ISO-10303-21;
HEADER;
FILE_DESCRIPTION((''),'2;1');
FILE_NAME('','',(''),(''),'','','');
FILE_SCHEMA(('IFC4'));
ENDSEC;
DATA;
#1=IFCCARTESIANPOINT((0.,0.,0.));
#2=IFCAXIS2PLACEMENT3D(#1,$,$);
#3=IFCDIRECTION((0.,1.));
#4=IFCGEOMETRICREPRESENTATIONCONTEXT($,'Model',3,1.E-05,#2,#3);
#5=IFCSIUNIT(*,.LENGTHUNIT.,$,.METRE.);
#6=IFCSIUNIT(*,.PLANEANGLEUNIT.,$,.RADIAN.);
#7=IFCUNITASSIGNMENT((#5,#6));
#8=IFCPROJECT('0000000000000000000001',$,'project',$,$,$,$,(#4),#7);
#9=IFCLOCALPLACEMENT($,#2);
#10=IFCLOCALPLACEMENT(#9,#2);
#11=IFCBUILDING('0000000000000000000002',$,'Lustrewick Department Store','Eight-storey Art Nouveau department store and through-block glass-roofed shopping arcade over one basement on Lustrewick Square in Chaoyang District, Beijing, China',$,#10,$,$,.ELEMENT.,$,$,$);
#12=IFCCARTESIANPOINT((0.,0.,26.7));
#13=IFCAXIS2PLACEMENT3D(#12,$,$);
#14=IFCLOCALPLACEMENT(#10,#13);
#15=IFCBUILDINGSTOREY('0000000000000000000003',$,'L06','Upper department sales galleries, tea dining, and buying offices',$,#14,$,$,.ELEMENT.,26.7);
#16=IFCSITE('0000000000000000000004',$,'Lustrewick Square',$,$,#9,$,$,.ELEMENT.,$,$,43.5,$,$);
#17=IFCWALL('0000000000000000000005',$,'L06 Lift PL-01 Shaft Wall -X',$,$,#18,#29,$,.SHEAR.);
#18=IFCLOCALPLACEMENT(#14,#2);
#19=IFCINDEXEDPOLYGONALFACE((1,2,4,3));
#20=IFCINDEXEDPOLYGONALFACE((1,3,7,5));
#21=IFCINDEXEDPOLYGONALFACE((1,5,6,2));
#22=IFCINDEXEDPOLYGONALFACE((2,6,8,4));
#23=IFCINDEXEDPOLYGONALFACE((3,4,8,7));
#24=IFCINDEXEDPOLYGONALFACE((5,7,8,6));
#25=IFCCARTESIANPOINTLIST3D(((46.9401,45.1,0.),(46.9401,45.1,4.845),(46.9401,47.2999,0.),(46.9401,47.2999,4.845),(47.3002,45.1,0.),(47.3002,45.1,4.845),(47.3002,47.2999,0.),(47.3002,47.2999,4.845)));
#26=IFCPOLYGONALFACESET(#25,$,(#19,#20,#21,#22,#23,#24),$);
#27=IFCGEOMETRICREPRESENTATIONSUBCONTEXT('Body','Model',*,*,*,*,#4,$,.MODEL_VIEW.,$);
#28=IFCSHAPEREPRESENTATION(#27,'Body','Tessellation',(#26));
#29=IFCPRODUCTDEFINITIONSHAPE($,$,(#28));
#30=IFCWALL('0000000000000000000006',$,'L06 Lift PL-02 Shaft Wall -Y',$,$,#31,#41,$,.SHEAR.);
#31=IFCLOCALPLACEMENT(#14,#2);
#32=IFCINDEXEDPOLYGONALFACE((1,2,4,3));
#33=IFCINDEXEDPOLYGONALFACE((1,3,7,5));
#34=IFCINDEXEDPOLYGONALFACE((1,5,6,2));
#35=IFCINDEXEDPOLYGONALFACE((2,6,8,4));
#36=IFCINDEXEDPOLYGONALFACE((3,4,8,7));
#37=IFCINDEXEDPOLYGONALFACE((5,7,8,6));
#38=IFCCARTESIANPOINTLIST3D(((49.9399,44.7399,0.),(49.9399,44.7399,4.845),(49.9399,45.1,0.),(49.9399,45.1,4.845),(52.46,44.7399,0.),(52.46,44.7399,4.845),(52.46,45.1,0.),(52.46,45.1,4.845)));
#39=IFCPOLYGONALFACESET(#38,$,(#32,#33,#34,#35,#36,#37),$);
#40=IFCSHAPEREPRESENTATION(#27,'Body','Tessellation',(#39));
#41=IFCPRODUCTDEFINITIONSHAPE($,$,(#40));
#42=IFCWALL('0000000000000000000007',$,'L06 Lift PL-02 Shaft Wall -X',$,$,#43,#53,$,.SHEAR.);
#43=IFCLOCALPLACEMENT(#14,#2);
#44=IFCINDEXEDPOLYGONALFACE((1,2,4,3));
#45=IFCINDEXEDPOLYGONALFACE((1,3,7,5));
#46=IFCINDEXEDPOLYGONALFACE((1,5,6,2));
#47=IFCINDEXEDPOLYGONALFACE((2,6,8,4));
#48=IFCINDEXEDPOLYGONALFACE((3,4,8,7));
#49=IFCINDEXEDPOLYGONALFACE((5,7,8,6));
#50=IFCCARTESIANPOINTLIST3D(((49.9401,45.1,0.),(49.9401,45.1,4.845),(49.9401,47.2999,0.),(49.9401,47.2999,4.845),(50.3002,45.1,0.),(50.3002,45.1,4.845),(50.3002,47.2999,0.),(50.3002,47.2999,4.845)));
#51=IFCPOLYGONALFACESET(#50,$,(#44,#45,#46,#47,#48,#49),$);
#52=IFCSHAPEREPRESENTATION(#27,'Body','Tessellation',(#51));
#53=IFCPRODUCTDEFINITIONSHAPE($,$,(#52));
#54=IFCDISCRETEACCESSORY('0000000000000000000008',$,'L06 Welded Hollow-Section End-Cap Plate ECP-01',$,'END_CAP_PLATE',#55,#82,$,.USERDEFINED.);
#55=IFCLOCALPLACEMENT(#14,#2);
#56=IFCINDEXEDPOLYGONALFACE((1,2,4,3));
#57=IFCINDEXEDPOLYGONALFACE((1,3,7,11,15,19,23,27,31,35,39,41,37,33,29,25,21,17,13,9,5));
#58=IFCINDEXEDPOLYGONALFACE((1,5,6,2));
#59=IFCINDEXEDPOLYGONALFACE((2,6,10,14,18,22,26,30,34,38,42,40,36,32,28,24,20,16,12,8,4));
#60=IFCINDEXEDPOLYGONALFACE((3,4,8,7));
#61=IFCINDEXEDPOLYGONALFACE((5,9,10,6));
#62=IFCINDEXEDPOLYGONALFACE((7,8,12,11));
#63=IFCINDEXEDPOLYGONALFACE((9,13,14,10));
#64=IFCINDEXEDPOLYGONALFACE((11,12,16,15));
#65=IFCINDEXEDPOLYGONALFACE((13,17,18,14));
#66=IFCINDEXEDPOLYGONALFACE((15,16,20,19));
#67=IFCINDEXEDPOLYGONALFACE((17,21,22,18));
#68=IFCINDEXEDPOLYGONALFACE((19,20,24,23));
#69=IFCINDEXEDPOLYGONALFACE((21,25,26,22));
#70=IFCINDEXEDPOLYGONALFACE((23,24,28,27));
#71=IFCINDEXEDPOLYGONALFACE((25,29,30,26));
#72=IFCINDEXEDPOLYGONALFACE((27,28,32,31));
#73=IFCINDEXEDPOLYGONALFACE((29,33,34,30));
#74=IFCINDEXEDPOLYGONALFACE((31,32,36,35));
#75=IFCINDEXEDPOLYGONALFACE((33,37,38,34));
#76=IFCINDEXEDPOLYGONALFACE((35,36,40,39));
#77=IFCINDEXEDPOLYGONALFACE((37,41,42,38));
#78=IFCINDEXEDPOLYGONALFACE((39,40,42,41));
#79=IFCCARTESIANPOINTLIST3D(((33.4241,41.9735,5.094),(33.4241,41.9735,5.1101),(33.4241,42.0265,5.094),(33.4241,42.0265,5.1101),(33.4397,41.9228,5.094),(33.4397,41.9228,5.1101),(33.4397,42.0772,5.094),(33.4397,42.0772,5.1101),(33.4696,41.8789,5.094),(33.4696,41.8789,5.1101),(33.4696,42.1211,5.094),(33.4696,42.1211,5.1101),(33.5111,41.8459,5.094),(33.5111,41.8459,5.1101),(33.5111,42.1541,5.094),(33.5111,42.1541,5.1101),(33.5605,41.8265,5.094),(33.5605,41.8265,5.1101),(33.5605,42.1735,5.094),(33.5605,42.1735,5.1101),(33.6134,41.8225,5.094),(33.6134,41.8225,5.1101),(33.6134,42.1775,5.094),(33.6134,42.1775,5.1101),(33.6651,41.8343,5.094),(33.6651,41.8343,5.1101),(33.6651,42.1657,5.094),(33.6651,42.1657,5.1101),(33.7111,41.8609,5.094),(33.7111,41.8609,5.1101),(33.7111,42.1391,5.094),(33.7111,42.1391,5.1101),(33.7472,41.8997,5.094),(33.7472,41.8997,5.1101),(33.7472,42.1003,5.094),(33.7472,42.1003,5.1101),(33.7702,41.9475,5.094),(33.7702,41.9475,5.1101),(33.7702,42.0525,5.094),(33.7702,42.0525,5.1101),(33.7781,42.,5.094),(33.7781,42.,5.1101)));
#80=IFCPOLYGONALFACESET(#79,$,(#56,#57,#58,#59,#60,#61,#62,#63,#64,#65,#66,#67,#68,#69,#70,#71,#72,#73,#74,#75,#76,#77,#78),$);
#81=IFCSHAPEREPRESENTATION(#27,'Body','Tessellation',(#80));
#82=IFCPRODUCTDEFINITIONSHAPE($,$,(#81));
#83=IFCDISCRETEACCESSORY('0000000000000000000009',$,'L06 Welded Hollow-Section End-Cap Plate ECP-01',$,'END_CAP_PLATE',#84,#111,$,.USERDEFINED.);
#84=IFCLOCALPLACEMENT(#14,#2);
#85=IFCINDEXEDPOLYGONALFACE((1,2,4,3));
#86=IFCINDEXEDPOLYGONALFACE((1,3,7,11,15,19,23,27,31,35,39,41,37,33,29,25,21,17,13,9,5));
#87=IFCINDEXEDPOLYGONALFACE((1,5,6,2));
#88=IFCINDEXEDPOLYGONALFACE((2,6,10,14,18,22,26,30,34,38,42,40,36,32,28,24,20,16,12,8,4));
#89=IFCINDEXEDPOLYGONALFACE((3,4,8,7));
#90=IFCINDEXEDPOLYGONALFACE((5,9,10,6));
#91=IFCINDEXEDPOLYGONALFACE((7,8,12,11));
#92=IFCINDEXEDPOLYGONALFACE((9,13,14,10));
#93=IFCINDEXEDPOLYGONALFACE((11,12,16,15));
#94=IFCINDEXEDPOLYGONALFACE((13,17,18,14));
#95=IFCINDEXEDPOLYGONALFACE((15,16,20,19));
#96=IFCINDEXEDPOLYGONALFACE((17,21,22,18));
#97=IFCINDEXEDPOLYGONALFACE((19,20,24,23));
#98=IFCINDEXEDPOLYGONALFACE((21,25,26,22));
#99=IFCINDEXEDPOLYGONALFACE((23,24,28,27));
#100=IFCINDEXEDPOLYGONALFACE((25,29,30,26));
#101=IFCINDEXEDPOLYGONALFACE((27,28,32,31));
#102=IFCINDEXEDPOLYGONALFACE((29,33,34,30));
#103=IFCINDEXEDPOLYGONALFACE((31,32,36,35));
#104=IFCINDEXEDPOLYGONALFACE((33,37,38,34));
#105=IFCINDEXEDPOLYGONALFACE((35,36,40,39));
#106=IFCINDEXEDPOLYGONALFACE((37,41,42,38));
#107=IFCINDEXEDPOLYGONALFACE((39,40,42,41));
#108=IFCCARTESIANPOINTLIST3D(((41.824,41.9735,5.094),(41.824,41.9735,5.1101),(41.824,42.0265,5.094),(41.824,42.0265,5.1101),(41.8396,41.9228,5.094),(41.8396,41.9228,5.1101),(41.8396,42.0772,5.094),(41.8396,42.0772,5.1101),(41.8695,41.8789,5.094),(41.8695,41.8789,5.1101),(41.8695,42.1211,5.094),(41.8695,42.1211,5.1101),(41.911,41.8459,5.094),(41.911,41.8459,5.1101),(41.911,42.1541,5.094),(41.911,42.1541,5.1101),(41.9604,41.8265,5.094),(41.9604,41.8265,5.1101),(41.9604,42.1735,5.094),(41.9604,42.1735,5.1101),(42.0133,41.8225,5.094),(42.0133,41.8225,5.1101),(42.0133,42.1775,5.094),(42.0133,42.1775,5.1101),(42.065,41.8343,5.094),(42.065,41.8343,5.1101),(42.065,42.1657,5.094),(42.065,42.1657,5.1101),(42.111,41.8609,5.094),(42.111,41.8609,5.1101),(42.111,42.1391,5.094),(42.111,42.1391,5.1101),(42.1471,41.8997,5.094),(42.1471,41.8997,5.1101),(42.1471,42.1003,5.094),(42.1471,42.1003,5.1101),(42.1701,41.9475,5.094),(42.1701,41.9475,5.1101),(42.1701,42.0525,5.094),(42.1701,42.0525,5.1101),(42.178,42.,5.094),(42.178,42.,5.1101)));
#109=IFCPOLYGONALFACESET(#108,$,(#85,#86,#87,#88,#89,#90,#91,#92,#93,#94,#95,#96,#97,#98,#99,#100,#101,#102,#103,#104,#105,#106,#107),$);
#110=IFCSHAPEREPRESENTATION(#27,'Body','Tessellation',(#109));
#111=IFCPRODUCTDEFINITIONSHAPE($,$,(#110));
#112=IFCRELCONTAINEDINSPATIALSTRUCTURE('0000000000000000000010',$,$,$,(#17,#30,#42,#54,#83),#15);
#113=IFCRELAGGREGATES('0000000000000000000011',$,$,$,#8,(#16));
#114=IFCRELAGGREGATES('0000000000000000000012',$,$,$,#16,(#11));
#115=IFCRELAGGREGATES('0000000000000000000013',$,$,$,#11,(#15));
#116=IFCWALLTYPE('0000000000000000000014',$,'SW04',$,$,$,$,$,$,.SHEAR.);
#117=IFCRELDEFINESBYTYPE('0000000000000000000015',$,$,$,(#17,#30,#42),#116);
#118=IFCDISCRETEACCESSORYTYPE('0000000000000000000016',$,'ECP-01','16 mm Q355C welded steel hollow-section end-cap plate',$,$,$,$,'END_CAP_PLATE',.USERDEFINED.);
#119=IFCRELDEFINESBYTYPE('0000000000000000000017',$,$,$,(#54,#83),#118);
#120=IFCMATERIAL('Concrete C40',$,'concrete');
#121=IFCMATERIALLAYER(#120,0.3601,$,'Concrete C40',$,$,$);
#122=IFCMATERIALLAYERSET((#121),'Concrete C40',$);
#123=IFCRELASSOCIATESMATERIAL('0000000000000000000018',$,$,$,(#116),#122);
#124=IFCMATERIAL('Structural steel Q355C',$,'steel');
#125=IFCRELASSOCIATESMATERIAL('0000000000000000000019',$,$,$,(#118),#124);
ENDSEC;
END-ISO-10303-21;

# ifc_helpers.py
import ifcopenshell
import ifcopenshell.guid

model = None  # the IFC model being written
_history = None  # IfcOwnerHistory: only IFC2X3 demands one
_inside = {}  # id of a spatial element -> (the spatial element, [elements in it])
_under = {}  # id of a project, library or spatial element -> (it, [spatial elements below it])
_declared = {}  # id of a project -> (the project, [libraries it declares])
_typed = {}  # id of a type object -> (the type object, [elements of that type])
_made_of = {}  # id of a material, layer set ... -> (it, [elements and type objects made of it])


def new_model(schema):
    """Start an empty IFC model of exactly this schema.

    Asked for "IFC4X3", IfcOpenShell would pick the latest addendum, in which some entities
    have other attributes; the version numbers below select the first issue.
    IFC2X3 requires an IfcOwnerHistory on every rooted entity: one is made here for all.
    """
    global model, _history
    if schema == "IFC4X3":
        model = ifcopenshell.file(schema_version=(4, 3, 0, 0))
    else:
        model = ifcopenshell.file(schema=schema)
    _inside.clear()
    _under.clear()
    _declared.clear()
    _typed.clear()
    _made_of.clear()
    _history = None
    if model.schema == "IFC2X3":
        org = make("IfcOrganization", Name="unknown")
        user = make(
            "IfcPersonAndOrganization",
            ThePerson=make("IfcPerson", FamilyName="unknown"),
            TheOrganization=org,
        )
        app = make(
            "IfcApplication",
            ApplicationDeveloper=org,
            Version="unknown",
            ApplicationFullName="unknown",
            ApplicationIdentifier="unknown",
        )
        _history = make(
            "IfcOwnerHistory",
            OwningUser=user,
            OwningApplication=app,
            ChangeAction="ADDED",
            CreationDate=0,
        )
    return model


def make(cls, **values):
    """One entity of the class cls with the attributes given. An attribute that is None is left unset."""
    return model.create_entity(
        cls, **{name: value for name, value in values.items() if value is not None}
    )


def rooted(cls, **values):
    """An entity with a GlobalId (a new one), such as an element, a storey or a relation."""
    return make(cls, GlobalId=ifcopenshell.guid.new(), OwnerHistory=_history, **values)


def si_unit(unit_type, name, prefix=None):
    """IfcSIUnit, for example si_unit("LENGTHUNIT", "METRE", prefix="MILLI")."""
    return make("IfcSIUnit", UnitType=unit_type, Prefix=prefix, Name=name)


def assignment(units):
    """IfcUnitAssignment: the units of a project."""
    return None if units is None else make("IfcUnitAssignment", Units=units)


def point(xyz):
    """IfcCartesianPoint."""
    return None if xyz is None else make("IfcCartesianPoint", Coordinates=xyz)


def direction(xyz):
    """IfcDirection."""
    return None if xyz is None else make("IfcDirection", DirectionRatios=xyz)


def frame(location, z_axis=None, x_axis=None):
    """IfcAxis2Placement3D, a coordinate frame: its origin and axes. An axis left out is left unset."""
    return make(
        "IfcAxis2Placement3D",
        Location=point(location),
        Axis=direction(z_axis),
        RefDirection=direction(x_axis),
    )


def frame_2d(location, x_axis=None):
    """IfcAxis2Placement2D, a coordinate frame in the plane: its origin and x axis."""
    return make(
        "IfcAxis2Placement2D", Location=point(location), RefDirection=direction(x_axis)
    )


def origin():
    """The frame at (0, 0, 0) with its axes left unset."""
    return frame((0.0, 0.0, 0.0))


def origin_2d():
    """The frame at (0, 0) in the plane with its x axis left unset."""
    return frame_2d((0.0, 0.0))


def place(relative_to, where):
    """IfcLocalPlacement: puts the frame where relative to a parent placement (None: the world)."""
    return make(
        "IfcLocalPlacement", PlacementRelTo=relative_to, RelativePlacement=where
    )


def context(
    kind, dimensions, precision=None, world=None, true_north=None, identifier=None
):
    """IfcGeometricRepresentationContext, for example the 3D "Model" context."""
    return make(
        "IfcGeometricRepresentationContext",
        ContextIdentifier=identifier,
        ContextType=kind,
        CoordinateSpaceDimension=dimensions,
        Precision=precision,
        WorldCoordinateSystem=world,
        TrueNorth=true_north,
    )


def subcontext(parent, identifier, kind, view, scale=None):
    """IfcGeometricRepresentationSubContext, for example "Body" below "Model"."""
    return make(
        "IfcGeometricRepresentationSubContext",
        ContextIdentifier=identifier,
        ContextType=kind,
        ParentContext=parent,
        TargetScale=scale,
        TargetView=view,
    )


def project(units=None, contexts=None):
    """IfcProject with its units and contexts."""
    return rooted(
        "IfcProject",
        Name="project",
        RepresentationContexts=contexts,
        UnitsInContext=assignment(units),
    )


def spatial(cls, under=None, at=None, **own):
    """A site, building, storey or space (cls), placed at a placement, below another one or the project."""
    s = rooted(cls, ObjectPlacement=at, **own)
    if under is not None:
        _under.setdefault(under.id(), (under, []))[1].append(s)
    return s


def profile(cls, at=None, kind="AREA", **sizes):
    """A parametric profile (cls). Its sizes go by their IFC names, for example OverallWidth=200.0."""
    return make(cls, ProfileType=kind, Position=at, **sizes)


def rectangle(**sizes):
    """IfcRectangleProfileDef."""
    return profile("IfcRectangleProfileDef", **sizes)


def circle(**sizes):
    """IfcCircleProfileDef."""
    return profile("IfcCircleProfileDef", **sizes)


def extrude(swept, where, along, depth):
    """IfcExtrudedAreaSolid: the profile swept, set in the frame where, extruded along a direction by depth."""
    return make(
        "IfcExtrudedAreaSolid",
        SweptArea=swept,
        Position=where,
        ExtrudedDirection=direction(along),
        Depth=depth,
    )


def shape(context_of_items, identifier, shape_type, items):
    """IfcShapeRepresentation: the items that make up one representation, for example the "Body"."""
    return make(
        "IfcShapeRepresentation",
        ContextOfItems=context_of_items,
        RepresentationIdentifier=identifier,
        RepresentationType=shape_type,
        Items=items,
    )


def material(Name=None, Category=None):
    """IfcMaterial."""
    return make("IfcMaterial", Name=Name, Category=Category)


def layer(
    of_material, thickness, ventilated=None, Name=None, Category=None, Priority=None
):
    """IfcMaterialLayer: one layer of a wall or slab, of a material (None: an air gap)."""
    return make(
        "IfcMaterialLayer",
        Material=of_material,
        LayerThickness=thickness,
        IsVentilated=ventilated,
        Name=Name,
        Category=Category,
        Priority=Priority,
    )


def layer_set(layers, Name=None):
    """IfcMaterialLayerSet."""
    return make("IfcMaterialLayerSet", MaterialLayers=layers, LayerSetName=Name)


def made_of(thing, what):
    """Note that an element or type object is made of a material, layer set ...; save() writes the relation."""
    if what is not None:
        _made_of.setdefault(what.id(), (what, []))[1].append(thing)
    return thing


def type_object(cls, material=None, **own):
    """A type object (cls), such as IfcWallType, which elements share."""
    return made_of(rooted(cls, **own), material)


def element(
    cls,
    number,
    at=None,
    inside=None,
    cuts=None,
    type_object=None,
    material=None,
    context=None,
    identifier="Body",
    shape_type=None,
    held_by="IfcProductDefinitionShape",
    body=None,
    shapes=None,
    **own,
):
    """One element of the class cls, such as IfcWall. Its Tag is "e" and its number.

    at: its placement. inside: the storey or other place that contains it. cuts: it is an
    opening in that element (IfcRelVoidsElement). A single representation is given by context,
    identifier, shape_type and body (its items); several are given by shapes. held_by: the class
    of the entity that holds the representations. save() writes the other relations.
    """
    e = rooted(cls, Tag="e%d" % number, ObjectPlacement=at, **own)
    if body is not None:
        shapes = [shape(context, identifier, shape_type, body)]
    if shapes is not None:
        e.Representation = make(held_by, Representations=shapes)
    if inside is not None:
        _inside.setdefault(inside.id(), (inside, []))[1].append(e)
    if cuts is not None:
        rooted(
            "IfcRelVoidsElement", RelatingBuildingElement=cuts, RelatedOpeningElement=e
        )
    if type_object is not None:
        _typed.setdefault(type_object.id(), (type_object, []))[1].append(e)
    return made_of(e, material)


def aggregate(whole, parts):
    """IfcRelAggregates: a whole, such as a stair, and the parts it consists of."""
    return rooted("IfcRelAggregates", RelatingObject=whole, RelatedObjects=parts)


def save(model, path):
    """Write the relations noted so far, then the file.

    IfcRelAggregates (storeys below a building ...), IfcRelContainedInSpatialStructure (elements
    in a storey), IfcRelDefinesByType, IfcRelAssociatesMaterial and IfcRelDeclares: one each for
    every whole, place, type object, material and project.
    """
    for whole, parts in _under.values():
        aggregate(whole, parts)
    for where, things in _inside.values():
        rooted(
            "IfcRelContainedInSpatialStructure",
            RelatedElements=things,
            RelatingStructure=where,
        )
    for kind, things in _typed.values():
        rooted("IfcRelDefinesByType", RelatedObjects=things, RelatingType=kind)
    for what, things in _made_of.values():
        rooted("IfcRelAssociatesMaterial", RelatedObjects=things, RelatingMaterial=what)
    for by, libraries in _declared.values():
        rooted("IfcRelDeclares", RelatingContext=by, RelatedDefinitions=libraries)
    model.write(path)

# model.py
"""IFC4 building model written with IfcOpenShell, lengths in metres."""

from ifc_helpers import new_model, si_unit, direction, frame, frame_2d, origin, origin_2d, place, context, subcontext, project, spatial, rectangle, circle, extrude, material, layer, layer_set, type_object, element, save


model = new_model("IFC4")

# Units and contexts
model_context = context("Model", 3, precision=1e-05, world=origin(), true_north=direction((0.0, 1.0)))
body_context = subcontext(model_context, "Body", "Model", "MODEL_VIEW")
ifc_project = project(units=[si_unit("LENGTHUNIT", "METRE"), si_unit("PLANEANGLEUNIT", "RADIAN")], contexts=[model_context])

# Site, building, storey
site_placement = place(None, origin())
site = spatial("IfcSite", under=ifc_project, at=site_placement, Name="Lustrewick Square", CompositionType="ELEMENT", RefElevation=43.5)
building_placement = place(site_placement, origin())
building = spatial("IfcBuilding", under=site, at=building_placement, Name="Lustrewick Department Store", Description="Eight-storey Art Nouveau department store and through-block glass-roofed shopping arcade over one basement on Lustrewick Square in Chaoyang District, Beijing, China", CompositionType="ELEMENT")
storey_placement = place(building_placement, frame((0.0, 0.0, 26.7)))
storey = spatial("IfcBuildingStorey", under=building, at=storey_placement, Name="L06", Description="Upper department sales galleries, tea dining, and buying offices", CompositionType="ELEMENT", Elevation=26.7)

# Shared definitions
ifc_material_1 = material(Name="Structural steel Q355C", Category="steel")

# Shared definitions
ifc_material_2 = material(Name="Concrete C40", Category="concrete")
ifc_layer_1 = layer(ifc_material_2, 0.3601, Name="Concrete C40")
ifc_layer_set_1 = layer_set([ifc_layer_1], Name="Concrete C40")
wall_type_1 = type_object("IfcWallType", Name="SW04", PredefinedType="SHEAR", material=ifc_layer_set_1)

# Walls
wall_1_placement = place(storey_placement, frame((47.1201, 47.3, 0.0), z_axis=(0.0, 0.0, 1.0), x_axis=(0.0, -1.0, 0.0)))
element("IfcWall", 1, at=wall_1_placement, inside=storey, type_object=wall_type_1, Name="L06 Lift PL-01 Shaft Wall -X", PredefinedType="SHEAR", context=body_context, shape_type="SweptSolid", body=[
    extrude(rectangle(XDim=2.2, YDim=0.3601, at=frame_2d((1.1001, 0.0))), origin(), (0.0, 0.0, 1.0), 4.845),
])
wall_2_placement = place(storey_placement, frame((49.9399, 44.9199, 0.0), z_axis=(0.0, 0.0, 1.0), x_axis=(1.0, 0.0, 0.0)))
element("IfcWall", 2, at=wall_2_placement, inside=storey, type_object=wall_type_1, Name="L06 Lift PL-02 Shaft Wall -Y", PredefinedType="SHEAR", context=body_context, shape_type="SweptSolid", body=[
    extrude(rectangle(XDim=2.52, YDim=0.3601, at=frame_2d((1.26, 0.0))), origin(), (0.0, 0.0, 1.0), 4.845),
])
wall_3_placement = place(storey_placement, frame((50.1201, 47.3, 0.0), z_axis=(0.0, 0.0, 1.0), x_axis=(0.0, -1.0, 0.0)))
element("IfcWall", 3, at=wall_3_placement, inside=storey, type_object=wall_type_1, Name="L06 Lift PL-02 Shaft Wall -X", PredefinedType="SHEAR", context=body_context, shape_type="SweptSolid", body=[
    extrude(rectangle(XDim=2.2, YDim=0.3601, at=frame_2d((1.1001, 0.0))), origin(), (0.0, 0.0, 1.0), 4.845),
])

# Discrete accessories
discrete_accessory_type = type_object("IfcDiscreteAccessoryType", Name="ECP-01", Description="16 mm Q355C welded steel hollow-section end-cap plate", ElementType="END_CAP_PLATE", PredefinedType="USERDEFINED", material=ifc_material_1)
for number, where, z_axis, x_axis, name in (
    (4, (33.6001, 42.0, 5.094), (0.0, 0.0, 1.0), (1.0, 0.0, 0.0), "L06 Welded Hollow-Section End-Cap Plate ECP-01"),
    (5, (42.0, 42.0, 5.094), (0.0, 0.0, 1.0), (1.0, 0.0, 0.0), "L06 Welded Hollow-Section End-Cap Plate ECP-01"),
):
    element("IfcDiscreteAccessory", number, at=place(storey_placement, frame(where, z_axis=z_axis, x_axis=x_axis)), inside=storey, type_object=discrete_accessory_type, Name=name, ObjectType="END_CAP_PLATE", PredefinedType="USERDEFINED", context=body_context, shape_type="SweptSolid", body=[
        extrude(circle(Radius=0.178, at=origin_2d()), origin(), (0.0, 0.0, 1.0), 0.0161),
    ])

save(model, "model.ifc")
